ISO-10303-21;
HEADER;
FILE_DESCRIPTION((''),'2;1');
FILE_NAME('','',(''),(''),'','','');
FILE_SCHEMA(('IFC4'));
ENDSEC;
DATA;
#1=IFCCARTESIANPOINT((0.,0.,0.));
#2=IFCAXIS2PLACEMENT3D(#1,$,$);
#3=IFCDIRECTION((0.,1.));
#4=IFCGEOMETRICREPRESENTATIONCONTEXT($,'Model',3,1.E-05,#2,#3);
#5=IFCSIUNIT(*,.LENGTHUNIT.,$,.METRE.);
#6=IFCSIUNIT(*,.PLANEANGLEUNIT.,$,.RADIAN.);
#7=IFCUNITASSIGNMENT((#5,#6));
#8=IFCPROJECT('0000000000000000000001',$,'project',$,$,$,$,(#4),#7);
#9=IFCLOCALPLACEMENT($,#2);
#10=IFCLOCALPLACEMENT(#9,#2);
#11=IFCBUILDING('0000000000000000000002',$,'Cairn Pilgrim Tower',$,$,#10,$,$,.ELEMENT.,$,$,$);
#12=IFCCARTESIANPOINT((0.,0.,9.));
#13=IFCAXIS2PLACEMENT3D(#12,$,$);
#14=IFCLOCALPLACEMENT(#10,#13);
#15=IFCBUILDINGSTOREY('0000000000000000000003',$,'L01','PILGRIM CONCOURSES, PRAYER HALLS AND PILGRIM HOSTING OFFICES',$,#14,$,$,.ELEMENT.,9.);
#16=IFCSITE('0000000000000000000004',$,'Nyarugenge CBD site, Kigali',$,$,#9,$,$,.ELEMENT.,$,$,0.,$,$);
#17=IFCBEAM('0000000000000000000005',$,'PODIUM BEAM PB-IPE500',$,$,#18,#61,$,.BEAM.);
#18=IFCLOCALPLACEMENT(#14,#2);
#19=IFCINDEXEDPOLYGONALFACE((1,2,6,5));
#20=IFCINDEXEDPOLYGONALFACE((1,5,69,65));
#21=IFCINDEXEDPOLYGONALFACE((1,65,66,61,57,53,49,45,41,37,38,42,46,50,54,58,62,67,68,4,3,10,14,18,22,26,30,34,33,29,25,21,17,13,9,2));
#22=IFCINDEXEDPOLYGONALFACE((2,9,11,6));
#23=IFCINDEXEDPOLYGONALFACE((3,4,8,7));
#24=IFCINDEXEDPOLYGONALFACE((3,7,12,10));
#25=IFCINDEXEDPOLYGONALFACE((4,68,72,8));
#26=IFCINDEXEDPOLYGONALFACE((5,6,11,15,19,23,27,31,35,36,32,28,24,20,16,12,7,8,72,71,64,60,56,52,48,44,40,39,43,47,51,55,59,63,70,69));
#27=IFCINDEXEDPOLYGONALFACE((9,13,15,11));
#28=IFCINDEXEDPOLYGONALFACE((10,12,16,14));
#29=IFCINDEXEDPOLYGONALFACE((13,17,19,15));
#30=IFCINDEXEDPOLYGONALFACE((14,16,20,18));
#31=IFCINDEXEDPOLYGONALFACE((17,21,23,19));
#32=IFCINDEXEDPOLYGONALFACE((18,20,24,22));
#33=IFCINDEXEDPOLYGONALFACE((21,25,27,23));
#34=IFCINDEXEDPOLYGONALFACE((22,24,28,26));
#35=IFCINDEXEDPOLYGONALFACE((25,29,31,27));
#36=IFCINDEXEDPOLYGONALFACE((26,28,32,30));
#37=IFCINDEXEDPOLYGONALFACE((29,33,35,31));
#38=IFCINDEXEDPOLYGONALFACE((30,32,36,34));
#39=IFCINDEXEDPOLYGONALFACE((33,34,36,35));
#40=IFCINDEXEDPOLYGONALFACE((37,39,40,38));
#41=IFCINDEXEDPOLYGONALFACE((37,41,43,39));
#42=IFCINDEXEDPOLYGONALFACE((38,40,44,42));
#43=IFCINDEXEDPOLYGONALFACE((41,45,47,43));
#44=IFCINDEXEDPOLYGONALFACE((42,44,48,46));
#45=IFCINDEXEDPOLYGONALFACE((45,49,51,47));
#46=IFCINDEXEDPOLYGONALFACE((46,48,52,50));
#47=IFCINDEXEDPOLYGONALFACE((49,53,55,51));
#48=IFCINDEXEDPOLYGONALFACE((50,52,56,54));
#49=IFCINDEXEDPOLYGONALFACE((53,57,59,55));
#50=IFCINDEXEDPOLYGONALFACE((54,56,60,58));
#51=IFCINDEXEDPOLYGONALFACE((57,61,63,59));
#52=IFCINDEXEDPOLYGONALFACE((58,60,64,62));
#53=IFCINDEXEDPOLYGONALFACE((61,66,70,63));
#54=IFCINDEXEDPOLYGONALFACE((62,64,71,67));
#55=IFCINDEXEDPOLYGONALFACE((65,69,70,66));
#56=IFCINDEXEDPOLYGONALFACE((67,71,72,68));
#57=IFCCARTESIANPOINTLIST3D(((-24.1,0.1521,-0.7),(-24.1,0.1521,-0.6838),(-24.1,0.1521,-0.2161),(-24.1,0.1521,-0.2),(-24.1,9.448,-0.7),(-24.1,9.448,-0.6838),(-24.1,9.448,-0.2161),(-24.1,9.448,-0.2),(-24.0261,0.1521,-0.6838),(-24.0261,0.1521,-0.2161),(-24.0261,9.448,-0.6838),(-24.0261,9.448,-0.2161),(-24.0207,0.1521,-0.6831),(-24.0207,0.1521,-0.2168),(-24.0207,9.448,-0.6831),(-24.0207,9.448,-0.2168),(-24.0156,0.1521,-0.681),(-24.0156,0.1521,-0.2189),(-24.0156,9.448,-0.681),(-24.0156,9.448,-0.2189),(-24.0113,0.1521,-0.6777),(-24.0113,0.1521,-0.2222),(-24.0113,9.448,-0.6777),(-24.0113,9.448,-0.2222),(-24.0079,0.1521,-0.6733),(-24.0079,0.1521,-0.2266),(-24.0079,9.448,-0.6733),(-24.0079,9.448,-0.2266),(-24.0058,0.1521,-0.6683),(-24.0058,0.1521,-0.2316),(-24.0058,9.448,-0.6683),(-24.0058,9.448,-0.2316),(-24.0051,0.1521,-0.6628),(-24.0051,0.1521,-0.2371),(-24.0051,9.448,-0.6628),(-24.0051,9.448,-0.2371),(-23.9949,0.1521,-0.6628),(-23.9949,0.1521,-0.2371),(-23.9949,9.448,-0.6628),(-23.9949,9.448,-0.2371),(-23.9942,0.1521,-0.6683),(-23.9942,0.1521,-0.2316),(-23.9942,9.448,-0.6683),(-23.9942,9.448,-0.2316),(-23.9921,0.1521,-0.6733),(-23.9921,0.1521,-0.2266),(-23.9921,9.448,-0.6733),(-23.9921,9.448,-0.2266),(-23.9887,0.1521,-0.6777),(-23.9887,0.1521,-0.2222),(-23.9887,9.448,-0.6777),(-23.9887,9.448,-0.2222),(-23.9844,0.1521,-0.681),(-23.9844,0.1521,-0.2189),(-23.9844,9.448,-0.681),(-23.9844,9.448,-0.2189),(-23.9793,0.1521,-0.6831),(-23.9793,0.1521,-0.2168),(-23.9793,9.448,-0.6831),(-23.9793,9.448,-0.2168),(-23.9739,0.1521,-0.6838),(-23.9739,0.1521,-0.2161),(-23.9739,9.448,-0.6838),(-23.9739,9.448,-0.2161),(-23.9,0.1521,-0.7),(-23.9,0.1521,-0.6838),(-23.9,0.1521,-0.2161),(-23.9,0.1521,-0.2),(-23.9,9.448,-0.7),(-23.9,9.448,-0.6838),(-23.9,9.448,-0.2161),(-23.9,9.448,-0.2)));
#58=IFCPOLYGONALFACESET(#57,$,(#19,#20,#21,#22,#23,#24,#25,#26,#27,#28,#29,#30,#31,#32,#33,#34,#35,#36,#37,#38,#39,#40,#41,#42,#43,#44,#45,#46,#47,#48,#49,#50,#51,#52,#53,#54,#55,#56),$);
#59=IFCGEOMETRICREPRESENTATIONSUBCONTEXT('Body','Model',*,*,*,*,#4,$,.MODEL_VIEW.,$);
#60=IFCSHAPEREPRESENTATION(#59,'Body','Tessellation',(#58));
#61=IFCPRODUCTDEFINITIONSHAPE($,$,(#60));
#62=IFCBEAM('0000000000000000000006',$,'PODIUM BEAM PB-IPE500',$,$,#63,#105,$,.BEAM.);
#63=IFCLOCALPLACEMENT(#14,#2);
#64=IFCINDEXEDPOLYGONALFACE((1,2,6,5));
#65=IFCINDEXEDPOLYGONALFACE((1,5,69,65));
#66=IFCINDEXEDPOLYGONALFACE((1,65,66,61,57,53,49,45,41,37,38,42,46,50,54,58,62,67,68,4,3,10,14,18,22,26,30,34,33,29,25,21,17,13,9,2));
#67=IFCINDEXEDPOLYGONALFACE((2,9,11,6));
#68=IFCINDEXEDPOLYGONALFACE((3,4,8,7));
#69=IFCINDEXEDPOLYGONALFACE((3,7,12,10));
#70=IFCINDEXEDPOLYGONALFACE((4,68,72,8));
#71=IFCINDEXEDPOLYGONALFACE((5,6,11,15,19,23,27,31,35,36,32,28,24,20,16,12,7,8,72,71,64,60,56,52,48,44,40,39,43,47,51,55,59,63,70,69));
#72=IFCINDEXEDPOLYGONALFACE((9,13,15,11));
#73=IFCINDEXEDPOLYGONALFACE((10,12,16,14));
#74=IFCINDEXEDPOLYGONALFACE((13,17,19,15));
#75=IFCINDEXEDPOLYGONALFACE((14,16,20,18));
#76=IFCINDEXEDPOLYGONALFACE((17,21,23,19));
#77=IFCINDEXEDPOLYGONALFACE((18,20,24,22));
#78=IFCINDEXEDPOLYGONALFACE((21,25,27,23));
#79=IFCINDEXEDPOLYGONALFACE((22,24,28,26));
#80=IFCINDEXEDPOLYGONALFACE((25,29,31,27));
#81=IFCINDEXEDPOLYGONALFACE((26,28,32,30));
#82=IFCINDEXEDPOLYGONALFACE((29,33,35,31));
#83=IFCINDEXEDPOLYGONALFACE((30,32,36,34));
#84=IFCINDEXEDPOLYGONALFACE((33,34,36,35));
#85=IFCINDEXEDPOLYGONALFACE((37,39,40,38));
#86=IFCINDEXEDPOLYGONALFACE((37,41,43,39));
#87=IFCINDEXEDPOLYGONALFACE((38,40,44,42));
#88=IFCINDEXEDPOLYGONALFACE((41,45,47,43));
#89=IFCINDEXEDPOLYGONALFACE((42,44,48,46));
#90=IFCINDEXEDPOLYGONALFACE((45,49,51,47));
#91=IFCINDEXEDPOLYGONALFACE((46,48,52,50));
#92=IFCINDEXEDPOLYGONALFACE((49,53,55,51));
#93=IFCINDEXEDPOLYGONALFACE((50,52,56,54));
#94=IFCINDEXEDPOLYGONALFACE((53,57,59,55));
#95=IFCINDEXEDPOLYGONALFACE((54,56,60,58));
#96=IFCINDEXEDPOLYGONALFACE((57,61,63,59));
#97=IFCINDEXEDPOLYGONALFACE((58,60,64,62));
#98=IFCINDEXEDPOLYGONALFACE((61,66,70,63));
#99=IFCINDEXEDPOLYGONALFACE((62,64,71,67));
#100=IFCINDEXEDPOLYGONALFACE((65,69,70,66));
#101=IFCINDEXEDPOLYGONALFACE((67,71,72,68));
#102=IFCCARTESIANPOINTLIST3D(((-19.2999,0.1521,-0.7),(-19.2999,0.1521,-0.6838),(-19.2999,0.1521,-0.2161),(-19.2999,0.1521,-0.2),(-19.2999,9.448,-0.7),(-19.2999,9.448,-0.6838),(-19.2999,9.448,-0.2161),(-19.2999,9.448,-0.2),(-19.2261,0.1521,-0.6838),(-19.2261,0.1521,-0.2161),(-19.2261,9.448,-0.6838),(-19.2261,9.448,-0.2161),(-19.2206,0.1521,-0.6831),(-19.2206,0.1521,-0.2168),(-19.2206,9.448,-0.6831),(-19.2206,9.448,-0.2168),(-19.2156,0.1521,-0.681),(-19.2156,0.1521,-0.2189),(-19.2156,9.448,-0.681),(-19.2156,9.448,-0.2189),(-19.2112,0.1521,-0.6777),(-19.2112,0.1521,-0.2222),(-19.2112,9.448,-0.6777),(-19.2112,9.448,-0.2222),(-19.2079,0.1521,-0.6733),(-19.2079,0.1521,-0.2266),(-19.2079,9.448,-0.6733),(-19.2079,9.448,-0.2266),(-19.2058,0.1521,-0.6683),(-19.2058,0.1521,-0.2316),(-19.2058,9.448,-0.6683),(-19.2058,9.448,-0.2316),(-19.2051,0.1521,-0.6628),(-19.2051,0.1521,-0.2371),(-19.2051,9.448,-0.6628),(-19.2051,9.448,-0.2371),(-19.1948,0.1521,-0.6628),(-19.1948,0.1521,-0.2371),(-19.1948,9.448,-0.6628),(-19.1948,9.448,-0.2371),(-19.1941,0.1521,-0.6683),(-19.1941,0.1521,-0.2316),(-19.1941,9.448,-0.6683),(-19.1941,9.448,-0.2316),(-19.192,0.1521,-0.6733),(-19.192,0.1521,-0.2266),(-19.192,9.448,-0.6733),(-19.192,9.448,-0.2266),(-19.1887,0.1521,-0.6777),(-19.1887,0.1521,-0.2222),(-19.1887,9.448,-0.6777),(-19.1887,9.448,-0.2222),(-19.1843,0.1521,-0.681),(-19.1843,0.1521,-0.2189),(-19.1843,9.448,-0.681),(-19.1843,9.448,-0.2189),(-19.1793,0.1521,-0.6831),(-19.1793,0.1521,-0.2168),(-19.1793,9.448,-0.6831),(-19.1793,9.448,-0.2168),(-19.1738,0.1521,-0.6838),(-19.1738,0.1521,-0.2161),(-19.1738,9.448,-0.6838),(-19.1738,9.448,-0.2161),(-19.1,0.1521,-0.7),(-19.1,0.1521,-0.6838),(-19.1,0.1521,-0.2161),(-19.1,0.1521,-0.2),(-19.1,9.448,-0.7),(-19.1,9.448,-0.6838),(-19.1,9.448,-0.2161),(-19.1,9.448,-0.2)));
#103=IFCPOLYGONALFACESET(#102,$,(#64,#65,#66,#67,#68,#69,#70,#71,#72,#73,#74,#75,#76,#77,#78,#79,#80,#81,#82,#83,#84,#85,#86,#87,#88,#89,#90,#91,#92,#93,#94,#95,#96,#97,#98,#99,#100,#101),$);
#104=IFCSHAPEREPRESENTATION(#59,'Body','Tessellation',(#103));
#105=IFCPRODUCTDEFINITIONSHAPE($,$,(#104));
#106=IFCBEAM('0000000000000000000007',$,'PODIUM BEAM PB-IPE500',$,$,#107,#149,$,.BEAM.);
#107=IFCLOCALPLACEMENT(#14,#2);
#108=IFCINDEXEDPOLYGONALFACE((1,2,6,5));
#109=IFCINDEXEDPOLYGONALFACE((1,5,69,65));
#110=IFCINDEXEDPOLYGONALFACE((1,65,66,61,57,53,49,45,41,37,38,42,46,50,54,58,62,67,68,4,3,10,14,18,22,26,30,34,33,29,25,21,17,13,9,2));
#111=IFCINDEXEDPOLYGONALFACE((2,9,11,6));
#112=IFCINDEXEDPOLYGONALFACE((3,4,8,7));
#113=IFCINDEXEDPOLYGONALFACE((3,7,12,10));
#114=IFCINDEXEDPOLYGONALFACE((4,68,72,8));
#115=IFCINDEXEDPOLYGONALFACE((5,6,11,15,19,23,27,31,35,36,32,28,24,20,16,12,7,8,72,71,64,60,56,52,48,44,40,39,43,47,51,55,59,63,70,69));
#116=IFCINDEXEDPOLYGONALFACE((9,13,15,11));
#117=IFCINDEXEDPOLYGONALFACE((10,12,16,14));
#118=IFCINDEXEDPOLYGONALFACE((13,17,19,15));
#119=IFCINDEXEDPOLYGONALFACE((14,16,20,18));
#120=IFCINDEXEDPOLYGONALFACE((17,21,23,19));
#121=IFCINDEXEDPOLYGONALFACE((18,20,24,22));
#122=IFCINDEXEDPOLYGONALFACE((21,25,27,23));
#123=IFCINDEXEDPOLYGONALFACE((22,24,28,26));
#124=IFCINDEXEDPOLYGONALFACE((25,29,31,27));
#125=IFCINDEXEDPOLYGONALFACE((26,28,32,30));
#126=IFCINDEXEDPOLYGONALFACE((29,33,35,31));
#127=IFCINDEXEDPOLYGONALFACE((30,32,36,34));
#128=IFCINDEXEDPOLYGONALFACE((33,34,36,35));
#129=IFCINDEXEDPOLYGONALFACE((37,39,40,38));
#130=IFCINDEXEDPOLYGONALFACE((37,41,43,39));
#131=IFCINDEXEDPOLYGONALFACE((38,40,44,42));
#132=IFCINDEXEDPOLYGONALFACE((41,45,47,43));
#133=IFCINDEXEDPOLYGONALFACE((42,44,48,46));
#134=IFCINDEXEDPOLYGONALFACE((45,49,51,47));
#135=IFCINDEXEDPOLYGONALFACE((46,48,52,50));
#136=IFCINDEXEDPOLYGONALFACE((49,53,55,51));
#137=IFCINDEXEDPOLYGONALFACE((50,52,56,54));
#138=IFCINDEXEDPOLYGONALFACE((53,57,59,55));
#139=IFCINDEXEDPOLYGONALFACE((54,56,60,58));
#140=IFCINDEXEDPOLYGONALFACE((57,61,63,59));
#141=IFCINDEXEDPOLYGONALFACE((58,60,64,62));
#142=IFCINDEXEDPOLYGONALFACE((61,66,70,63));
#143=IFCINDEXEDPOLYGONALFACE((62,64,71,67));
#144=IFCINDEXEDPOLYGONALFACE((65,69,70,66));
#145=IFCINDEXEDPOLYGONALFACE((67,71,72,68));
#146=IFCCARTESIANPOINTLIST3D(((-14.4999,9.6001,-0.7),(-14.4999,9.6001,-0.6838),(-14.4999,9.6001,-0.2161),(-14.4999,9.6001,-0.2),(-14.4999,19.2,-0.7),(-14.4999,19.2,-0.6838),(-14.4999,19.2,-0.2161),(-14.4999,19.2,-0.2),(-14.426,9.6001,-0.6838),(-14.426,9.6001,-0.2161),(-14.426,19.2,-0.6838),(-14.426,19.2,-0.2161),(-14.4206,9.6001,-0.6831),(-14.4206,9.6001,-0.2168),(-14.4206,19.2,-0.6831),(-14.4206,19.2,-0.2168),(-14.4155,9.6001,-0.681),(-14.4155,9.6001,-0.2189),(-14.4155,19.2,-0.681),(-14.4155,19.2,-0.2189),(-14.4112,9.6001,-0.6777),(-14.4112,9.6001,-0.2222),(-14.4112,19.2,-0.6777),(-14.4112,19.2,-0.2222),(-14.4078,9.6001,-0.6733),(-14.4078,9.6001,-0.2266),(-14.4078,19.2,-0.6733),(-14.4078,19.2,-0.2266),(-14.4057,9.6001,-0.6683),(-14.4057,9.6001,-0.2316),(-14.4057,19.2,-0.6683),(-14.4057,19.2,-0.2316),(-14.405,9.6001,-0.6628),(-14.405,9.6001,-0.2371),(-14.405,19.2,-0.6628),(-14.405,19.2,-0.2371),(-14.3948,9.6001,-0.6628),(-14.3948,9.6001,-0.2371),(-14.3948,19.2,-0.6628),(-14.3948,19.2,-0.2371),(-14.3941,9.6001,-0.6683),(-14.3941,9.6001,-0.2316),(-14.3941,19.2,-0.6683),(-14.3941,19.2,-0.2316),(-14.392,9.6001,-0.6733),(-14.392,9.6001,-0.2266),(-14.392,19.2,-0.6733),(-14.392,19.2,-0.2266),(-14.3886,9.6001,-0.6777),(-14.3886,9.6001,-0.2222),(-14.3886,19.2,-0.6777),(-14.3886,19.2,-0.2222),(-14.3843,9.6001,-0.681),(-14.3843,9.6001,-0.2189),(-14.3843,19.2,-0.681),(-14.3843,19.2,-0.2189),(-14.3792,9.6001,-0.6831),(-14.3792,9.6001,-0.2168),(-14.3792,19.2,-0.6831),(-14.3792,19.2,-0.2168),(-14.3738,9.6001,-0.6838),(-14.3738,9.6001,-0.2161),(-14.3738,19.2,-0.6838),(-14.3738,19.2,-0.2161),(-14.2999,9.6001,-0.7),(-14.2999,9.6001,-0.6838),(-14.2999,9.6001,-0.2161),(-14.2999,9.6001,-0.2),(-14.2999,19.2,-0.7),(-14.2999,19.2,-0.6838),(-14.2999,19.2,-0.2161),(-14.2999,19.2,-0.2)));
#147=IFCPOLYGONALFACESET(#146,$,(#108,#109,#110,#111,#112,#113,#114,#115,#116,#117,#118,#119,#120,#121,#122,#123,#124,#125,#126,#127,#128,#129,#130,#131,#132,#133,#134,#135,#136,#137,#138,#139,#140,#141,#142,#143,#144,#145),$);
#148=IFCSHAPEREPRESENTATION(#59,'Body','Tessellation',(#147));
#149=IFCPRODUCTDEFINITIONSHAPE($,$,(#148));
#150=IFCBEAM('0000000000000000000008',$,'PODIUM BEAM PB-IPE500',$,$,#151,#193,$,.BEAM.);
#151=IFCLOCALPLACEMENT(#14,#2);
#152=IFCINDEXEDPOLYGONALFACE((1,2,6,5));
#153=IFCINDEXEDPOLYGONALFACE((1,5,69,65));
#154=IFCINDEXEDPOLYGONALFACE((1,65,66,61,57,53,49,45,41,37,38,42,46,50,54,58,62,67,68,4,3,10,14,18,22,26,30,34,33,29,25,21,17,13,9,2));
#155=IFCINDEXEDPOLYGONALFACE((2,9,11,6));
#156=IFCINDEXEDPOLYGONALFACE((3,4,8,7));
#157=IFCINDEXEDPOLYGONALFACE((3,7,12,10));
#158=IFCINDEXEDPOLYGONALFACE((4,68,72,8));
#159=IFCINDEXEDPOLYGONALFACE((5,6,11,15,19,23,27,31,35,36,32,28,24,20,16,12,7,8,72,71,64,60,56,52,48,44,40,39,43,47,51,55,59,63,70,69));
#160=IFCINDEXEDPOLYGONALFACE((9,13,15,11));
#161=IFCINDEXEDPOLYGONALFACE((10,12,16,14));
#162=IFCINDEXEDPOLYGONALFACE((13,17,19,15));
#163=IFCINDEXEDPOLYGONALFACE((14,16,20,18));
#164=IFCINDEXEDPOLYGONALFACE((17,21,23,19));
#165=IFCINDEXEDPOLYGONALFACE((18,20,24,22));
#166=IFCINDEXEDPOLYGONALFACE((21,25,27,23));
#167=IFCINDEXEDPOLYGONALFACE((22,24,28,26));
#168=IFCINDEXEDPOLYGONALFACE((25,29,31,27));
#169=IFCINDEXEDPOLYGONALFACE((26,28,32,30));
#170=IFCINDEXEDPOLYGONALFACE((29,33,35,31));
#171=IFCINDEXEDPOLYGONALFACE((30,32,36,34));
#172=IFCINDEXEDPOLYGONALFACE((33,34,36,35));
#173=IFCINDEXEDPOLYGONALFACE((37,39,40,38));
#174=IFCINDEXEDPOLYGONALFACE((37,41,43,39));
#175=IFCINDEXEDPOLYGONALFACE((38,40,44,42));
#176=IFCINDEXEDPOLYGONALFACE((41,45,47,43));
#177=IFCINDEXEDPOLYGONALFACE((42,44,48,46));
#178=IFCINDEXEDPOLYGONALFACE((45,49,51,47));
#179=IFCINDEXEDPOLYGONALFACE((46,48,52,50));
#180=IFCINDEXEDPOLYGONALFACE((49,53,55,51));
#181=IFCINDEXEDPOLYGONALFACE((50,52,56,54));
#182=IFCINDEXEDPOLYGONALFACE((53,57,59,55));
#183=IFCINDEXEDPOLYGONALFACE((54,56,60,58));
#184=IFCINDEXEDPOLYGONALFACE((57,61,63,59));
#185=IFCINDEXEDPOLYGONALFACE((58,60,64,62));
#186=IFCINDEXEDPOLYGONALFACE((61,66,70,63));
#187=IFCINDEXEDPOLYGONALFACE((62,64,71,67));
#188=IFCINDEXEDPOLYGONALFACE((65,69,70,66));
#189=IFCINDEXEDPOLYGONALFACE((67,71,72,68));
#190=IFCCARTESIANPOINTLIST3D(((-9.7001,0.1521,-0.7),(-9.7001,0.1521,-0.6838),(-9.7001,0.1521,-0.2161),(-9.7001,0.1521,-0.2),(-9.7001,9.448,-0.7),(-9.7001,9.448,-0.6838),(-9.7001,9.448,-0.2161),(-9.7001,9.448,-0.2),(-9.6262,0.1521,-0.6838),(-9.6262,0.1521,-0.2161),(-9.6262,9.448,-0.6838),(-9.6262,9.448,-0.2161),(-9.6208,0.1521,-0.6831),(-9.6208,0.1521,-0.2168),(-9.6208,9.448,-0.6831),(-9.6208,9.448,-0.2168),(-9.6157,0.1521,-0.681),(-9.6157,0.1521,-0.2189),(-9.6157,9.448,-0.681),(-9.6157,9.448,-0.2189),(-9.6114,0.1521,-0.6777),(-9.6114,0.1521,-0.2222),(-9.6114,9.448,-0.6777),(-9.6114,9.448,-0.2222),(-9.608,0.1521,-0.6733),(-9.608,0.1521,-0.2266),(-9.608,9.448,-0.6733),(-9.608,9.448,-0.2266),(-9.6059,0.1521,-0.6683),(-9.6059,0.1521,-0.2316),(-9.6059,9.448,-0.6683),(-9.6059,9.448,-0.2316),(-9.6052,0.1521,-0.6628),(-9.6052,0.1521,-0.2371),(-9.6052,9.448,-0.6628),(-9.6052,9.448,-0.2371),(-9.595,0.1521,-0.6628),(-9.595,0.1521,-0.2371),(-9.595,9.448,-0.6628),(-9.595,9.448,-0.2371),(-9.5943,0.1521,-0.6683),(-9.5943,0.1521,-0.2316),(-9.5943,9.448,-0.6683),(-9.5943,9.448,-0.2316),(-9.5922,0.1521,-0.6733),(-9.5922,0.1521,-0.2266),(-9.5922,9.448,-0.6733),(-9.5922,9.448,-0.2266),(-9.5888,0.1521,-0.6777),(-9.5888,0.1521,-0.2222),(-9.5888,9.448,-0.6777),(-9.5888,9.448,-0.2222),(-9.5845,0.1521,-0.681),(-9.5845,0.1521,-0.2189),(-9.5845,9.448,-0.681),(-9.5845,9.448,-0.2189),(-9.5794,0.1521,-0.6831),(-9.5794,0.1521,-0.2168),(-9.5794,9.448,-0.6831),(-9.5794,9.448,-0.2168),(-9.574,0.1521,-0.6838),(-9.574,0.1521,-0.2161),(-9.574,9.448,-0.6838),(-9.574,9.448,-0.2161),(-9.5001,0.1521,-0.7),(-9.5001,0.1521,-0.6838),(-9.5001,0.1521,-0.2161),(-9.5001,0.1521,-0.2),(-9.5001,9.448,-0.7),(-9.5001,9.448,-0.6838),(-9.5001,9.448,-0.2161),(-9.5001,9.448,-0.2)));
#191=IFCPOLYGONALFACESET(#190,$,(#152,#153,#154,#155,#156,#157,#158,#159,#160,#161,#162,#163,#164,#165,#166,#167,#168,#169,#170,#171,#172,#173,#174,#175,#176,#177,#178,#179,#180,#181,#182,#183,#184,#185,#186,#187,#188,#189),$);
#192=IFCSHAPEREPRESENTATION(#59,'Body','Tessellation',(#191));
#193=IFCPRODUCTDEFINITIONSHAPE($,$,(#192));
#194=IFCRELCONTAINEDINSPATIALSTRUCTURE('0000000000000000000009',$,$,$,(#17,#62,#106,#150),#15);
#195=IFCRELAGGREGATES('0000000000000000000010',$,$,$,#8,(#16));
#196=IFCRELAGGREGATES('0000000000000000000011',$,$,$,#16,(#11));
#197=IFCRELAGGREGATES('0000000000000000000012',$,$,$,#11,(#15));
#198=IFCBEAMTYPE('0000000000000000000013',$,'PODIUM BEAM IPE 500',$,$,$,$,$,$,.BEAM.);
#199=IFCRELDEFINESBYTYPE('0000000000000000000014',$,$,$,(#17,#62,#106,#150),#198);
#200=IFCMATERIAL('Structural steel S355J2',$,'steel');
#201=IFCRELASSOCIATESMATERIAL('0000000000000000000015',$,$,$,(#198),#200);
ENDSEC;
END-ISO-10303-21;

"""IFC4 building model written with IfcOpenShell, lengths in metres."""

from ifc_helpers import new_model, si_unit, direction, frame, origin, origin_2d, place, context, subcontext, project, spatial, i_section, extrude, material, material_profile, profile_set, type_object, element, save


model = new_model("IFC4")

# Units and contexts
model_context = context("Model", 3, precision=1e-05, world=origin(), true_north=direction((0.0, 1.0)))
body_context = subcontext(model_context, "Body", "Model", "MODEL_VIEW")
ifc_project = project(units=[si_unit("LENGTHUNIT", "METRE"), si_unit("PLANEANGLEUNIT", "RADIAN")], contexts=[model_context])

# Site, building, storey
site_placement = place(None, origin())
site = spatial("IfcSite", under=ifc_project, at=site_placement, Name="Nyarugenge CBD site, Kigali", CompositionType="ELEMENT", RefElevation=0.0)
building_placement = place(site_placement, origin())
building = spatial("IfcBuilding", under=site, at=building_placement, Name="Cairn Pilgrim Tower", CompositionType="ELEMENT")
storey_placement = place(building_placement, frame((0.0, 0.0, 9.0)))
storey = spatial("IfcBuildingStorey", under=building, at=storey_placement, Name="L01", Description="PILGRIM CONCOURSES, PRAYER HALLS AND PILGRIM HOSTING OFFICES", CompositionType="ELEMENT", Elevation=9.0)

# Beams
ifc_material_1 = material(Name="Structural steel S355J2", Category="steel")
ifc_material_profile_1 = material_profile(ifc_material_1, i_section(OverallWidth=0.2, OverallDepth=0.5, WebThickness=0.0103, FlangeThickness=0.0161, FilletRadius=0.021, at=origin_2d()), Name="IPE 500")
ifc_profile_set_1 = profile_set([ifc_material_profile_1], Name="Structural steel S355J2")
beam_type_1 = type_object("IfcBeamType", Name="PODIUM BEAM IPE 500", PredefinedType="BEAM", material=ifc_profile_set_1)
for number, where, z_axis, x_axis, name in (
    (1, (-24.0, 0.1521, -0.45), (0.0, 1.0, 0.0), (-1.0, 0.0, 0.0), "PODIUM BEAM PB-IPE500"),
    (2, (-19.2, 0.1521, -0.45), (0.0, 1.0, 0.0), (-1.0, 0.0, 0.0), "PODIUM BEAM PB-IPE500"),
):
    element("IfcBeam", number, at=place(storey_placement, frame(where, z_axis=z_axis, x_axis=x_axis)), inside=storey, type_object=beam_type_1, Name=name, PredefinedType="BEAM", context=body_context, shape_type="SweptSolid", body=[
        extrude(i_section(OverallWidth=0.2, OverallDepth=0.5, WebThickness=0.0103, FlangeThickness=0.0161, FilletRadius=0.021, at=origin_2d()), origin(), (0.0, 0.0, 1.0), 9.2959),
    ])
beam_1_placement = place(storey_placement, frame((-14.3999, 9.6001, -0.45), z_axis=(0.0, 1.0, 0.0), x_axis=(-1.0, 0.0, 0.0)))
element("IfcBeam", 3, at=beam_1_placement, inside=storey, type_object=beam_type_1, Name="PODIUM BEAM PB-IPE500", PredefinedType="BEAM", context=body_context, shape_type="SweptSolid", body=[
    extrude(i_section(OverallWidth=0.2, OverallDepth=0.5, WebThickness=0.0103, FlangeThickness=0.0161, FilletRadius=0.021, at=origin_2d()), origin(), (0.0, 0.0, 1.0), 9.5999),
])
beam_2_placement = place(storey_placement, frame((-9.6001, 0.1521, -0.45), z_axis=(0.0, 1.0, 0.0), x_axis=(-1.0, 0.0, 0.0)))
element("IfcBeam", 4, at=beam_2_placement, inside=storey, type_object=beam_type_1, Name="PODIUM BEAM PB-IPE500", PredefinedType="BEAM", context=body_context, shape_type="SweptSolid", body=[
    extrude(i_section(OverallWidth=0.2, OverallDepth=0.5, WebThickness=0.0103, FlangeThickness=0.0161, FilletRadius=0.021, at=origin_2d()), origin(), (0.0, 0.0, 1.0), 9.2959),
])

save(model, "model.ifc")
